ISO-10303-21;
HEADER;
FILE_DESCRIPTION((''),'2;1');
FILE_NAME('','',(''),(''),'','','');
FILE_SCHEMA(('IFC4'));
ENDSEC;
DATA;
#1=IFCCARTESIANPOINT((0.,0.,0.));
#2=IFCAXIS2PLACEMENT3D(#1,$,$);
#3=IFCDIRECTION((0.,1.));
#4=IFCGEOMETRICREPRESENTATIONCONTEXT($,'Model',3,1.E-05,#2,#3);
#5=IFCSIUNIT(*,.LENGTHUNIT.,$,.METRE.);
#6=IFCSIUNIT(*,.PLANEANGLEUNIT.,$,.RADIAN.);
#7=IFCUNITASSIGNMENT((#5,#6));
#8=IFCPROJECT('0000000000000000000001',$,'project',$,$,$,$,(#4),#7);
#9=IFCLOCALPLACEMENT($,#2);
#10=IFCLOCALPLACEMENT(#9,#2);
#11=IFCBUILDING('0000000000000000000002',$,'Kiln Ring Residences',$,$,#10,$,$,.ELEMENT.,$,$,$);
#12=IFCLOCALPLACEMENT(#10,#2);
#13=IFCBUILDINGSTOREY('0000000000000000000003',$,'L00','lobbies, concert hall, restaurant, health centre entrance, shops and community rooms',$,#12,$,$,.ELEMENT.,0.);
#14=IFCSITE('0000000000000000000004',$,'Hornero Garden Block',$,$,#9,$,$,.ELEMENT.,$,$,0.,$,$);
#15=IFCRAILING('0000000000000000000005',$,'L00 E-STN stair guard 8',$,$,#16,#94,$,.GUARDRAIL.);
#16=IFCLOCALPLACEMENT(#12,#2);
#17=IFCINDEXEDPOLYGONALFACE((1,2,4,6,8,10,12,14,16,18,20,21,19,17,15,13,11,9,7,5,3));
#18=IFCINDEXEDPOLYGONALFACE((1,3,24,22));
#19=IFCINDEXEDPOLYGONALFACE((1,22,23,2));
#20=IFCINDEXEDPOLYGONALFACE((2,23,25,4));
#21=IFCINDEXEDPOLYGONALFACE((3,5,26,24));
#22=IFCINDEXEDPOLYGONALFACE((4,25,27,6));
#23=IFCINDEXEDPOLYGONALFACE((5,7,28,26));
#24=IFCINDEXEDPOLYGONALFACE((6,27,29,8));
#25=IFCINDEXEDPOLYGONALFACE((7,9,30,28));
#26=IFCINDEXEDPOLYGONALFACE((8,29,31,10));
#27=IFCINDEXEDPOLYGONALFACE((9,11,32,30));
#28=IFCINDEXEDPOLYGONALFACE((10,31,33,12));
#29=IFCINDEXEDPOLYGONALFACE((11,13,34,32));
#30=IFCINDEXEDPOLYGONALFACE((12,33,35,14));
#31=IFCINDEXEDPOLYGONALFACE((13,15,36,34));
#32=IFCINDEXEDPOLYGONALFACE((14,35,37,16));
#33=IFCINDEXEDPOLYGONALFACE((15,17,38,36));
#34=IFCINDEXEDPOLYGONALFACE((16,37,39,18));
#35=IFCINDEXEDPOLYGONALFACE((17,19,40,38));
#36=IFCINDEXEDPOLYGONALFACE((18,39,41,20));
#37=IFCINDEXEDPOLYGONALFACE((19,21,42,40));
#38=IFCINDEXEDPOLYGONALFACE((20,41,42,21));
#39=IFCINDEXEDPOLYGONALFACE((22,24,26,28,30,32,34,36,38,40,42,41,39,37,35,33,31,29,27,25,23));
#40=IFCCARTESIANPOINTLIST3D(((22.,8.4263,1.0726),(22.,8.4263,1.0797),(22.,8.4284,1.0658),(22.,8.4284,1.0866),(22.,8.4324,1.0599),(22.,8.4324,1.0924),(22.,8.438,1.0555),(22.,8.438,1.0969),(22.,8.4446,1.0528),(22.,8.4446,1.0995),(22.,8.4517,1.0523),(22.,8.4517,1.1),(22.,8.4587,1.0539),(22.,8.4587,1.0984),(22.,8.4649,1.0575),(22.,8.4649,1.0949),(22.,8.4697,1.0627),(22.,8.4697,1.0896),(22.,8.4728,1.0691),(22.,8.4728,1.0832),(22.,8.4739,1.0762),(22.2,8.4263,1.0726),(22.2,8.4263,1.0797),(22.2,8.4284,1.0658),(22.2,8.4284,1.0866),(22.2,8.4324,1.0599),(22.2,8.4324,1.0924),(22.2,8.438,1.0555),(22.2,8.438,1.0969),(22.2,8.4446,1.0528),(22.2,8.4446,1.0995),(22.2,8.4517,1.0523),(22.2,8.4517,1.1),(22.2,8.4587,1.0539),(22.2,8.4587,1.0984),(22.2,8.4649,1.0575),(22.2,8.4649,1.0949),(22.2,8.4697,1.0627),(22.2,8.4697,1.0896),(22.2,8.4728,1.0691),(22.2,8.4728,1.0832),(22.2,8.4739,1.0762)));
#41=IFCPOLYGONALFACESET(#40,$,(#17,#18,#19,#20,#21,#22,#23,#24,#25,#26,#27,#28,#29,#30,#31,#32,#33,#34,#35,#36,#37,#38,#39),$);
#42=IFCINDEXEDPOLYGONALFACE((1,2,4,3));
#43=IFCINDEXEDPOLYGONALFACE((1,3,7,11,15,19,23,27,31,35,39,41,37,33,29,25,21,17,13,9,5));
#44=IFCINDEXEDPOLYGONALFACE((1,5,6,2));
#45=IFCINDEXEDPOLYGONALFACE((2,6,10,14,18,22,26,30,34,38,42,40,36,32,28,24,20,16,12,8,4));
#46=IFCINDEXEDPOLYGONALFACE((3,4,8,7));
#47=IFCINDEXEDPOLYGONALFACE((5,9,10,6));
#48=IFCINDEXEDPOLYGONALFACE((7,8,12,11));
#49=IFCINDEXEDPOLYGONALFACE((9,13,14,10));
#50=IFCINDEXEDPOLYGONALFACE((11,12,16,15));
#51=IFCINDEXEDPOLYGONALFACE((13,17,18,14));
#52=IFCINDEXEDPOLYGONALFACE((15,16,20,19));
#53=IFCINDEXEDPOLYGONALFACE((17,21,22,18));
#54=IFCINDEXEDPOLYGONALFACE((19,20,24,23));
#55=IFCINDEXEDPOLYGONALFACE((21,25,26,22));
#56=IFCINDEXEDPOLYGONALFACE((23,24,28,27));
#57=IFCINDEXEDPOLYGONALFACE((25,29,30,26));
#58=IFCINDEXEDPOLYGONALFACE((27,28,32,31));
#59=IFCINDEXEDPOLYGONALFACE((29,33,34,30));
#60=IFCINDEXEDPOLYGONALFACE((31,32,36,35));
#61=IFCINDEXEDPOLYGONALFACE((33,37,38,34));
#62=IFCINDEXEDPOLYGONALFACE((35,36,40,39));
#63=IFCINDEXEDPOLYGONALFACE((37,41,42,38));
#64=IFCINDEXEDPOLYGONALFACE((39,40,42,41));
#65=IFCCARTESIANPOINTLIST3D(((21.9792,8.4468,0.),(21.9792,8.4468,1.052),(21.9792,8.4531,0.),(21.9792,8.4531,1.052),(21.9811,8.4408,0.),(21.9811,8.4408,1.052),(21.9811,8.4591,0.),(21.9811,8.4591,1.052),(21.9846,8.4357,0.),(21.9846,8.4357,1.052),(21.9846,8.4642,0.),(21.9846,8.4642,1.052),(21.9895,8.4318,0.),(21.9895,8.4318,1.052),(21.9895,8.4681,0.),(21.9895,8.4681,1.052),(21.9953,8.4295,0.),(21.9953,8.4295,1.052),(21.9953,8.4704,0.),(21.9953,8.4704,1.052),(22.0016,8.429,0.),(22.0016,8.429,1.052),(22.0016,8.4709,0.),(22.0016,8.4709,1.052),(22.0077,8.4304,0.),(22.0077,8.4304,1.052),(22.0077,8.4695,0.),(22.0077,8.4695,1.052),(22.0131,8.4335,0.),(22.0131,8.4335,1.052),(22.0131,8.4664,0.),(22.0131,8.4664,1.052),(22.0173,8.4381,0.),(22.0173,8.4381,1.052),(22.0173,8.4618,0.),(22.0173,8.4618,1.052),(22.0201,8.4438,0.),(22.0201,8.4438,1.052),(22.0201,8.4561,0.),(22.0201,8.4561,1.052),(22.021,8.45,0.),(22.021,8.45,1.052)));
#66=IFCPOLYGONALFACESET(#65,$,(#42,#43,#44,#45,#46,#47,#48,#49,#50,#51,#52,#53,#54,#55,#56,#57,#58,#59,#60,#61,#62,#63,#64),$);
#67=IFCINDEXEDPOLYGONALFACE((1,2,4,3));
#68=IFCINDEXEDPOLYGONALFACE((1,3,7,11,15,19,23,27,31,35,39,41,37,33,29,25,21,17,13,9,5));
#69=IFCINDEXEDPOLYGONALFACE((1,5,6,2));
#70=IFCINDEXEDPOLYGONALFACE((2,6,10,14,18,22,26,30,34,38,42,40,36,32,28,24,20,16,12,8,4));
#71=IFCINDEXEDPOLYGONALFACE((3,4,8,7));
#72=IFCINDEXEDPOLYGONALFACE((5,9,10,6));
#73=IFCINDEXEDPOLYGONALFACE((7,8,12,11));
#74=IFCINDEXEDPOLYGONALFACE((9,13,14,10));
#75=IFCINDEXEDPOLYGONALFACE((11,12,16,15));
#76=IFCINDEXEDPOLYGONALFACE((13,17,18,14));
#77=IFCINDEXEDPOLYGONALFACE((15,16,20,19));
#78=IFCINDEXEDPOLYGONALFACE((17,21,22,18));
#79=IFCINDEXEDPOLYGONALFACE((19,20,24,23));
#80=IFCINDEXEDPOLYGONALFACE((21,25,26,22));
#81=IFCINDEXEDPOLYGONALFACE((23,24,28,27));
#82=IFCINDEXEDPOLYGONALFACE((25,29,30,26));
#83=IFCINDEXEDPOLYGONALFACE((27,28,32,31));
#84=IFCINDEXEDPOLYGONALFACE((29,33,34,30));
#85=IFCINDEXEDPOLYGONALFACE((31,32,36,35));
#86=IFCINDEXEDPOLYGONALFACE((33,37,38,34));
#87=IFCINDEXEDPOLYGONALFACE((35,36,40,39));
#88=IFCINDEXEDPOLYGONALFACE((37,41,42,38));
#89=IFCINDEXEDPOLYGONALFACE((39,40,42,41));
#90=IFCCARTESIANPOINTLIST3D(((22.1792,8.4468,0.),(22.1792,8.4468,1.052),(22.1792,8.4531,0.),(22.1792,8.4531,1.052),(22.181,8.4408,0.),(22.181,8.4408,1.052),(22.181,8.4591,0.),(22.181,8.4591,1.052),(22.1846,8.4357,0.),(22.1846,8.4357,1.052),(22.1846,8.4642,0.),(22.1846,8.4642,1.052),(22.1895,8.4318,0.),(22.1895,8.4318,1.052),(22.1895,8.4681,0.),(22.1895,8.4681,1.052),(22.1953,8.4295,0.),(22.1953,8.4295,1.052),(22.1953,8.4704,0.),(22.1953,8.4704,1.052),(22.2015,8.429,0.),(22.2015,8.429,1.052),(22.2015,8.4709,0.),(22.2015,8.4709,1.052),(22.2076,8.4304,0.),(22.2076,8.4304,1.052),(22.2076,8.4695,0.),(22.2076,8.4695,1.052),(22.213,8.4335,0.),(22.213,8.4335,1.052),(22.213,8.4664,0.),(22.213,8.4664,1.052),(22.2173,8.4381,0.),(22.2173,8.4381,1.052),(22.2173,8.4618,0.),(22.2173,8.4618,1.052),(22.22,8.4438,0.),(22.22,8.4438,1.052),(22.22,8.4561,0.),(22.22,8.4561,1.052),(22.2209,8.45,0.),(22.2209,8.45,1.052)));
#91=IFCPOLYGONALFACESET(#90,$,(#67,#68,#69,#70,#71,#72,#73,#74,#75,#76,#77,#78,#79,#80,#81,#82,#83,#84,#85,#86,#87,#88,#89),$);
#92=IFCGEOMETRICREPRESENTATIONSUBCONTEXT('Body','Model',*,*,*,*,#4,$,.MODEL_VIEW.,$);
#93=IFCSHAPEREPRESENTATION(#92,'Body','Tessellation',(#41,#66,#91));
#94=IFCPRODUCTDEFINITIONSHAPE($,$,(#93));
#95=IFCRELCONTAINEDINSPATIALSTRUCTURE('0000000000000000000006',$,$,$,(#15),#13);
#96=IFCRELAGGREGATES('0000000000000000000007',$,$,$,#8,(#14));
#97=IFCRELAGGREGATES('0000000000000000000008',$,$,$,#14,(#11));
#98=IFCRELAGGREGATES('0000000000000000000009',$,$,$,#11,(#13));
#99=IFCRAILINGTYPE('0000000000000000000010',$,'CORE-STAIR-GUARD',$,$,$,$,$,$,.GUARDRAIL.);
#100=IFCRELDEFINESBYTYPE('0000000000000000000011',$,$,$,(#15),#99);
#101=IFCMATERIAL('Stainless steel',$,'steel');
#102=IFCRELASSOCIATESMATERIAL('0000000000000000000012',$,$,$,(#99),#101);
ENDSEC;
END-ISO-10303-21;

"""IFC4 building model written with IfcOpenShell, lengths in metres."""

from ifc_helpers import new_model, si_unit, direction, frame, origin, origin_2d, place, context, subcontext, project, spatial, circle, extrude, material, type_object, element, save


model = new_model("IFC4")

# Units and contexts
model_context = context("Model", 3, precision=1e-05, world=origin(), true_north=direction((0.0, 1.0)))
body_context = subcontext(model_context, "Body", "Model", "MODEL_VIEW")
ifc_project = project(units=[si_unit("LENGTHUNIT", "METRE"), si_unit("PLANEANGLEUNIT", "RADIAN")], contexts=[model_context])

# Site, building, storey
site_placement = place(None, origin())
site = spatial("IfcSite", under=ifc_project, at=site_placement, Name="Hornero Garden Block", CompositionType="ELEMENT", RefElevation=0.0)
building_placement = place(site_placement, origin())
building = spatial("IfcBuilding", under=site, at=building_placement, Name="Kiln Ring Residences", CompositionType="ELEMENT")
storey_placement = place(building_placement, origin())
storey = spatial("IfcBuildingStorey", under=building, at=storey_placement, Name="L00", Description="lobbies, concert hall, restaurant, health centre entrance, shops and community rooms", CompositionType="ELEMENT", Elevation=0.0)

# Railing
ifc_material_1 = material(Name="Stainless steel", Category="steel")
railing_type_1 = type_object("IfcRailingType", Name="CORE-STAIR-GUARD", PredefinedType="GUARDRAIL", material=ifc_material_1)
railing_1_placement = place(storey_placement, frame((22.0, 8.45, 0.0)))
element("IfcRailing", 1, at=railing_1_placement, inside=storey, type_object=railing_type_1, Name="L00 E-STN stair guard 8", PredefinedType="GUARDRAIL", context=body_context, shape_type="SweptSolid", body=[
    extrude(circle(Radius=0.0239, at=origin_2d()), frame((0.0, 0.0, 1.0762), z_axis=(1.0, 0.0, 0.0), x_axis=(0.0, 1.0, 0.0)), (0.0, 0.0, 1.0), 0.2),
    extrude(circle(Radius=0.021, at=origin_2d()), origin(), (0.0, 0.0, 1.0), 1.052),
    extrude(circle(Radius=0.021, at=origin_2d()), frame((0.2, 0.0, 0.0)), (0.0, 0.0, 1.0), 1.052),
])

save(model, "model.ifc")
